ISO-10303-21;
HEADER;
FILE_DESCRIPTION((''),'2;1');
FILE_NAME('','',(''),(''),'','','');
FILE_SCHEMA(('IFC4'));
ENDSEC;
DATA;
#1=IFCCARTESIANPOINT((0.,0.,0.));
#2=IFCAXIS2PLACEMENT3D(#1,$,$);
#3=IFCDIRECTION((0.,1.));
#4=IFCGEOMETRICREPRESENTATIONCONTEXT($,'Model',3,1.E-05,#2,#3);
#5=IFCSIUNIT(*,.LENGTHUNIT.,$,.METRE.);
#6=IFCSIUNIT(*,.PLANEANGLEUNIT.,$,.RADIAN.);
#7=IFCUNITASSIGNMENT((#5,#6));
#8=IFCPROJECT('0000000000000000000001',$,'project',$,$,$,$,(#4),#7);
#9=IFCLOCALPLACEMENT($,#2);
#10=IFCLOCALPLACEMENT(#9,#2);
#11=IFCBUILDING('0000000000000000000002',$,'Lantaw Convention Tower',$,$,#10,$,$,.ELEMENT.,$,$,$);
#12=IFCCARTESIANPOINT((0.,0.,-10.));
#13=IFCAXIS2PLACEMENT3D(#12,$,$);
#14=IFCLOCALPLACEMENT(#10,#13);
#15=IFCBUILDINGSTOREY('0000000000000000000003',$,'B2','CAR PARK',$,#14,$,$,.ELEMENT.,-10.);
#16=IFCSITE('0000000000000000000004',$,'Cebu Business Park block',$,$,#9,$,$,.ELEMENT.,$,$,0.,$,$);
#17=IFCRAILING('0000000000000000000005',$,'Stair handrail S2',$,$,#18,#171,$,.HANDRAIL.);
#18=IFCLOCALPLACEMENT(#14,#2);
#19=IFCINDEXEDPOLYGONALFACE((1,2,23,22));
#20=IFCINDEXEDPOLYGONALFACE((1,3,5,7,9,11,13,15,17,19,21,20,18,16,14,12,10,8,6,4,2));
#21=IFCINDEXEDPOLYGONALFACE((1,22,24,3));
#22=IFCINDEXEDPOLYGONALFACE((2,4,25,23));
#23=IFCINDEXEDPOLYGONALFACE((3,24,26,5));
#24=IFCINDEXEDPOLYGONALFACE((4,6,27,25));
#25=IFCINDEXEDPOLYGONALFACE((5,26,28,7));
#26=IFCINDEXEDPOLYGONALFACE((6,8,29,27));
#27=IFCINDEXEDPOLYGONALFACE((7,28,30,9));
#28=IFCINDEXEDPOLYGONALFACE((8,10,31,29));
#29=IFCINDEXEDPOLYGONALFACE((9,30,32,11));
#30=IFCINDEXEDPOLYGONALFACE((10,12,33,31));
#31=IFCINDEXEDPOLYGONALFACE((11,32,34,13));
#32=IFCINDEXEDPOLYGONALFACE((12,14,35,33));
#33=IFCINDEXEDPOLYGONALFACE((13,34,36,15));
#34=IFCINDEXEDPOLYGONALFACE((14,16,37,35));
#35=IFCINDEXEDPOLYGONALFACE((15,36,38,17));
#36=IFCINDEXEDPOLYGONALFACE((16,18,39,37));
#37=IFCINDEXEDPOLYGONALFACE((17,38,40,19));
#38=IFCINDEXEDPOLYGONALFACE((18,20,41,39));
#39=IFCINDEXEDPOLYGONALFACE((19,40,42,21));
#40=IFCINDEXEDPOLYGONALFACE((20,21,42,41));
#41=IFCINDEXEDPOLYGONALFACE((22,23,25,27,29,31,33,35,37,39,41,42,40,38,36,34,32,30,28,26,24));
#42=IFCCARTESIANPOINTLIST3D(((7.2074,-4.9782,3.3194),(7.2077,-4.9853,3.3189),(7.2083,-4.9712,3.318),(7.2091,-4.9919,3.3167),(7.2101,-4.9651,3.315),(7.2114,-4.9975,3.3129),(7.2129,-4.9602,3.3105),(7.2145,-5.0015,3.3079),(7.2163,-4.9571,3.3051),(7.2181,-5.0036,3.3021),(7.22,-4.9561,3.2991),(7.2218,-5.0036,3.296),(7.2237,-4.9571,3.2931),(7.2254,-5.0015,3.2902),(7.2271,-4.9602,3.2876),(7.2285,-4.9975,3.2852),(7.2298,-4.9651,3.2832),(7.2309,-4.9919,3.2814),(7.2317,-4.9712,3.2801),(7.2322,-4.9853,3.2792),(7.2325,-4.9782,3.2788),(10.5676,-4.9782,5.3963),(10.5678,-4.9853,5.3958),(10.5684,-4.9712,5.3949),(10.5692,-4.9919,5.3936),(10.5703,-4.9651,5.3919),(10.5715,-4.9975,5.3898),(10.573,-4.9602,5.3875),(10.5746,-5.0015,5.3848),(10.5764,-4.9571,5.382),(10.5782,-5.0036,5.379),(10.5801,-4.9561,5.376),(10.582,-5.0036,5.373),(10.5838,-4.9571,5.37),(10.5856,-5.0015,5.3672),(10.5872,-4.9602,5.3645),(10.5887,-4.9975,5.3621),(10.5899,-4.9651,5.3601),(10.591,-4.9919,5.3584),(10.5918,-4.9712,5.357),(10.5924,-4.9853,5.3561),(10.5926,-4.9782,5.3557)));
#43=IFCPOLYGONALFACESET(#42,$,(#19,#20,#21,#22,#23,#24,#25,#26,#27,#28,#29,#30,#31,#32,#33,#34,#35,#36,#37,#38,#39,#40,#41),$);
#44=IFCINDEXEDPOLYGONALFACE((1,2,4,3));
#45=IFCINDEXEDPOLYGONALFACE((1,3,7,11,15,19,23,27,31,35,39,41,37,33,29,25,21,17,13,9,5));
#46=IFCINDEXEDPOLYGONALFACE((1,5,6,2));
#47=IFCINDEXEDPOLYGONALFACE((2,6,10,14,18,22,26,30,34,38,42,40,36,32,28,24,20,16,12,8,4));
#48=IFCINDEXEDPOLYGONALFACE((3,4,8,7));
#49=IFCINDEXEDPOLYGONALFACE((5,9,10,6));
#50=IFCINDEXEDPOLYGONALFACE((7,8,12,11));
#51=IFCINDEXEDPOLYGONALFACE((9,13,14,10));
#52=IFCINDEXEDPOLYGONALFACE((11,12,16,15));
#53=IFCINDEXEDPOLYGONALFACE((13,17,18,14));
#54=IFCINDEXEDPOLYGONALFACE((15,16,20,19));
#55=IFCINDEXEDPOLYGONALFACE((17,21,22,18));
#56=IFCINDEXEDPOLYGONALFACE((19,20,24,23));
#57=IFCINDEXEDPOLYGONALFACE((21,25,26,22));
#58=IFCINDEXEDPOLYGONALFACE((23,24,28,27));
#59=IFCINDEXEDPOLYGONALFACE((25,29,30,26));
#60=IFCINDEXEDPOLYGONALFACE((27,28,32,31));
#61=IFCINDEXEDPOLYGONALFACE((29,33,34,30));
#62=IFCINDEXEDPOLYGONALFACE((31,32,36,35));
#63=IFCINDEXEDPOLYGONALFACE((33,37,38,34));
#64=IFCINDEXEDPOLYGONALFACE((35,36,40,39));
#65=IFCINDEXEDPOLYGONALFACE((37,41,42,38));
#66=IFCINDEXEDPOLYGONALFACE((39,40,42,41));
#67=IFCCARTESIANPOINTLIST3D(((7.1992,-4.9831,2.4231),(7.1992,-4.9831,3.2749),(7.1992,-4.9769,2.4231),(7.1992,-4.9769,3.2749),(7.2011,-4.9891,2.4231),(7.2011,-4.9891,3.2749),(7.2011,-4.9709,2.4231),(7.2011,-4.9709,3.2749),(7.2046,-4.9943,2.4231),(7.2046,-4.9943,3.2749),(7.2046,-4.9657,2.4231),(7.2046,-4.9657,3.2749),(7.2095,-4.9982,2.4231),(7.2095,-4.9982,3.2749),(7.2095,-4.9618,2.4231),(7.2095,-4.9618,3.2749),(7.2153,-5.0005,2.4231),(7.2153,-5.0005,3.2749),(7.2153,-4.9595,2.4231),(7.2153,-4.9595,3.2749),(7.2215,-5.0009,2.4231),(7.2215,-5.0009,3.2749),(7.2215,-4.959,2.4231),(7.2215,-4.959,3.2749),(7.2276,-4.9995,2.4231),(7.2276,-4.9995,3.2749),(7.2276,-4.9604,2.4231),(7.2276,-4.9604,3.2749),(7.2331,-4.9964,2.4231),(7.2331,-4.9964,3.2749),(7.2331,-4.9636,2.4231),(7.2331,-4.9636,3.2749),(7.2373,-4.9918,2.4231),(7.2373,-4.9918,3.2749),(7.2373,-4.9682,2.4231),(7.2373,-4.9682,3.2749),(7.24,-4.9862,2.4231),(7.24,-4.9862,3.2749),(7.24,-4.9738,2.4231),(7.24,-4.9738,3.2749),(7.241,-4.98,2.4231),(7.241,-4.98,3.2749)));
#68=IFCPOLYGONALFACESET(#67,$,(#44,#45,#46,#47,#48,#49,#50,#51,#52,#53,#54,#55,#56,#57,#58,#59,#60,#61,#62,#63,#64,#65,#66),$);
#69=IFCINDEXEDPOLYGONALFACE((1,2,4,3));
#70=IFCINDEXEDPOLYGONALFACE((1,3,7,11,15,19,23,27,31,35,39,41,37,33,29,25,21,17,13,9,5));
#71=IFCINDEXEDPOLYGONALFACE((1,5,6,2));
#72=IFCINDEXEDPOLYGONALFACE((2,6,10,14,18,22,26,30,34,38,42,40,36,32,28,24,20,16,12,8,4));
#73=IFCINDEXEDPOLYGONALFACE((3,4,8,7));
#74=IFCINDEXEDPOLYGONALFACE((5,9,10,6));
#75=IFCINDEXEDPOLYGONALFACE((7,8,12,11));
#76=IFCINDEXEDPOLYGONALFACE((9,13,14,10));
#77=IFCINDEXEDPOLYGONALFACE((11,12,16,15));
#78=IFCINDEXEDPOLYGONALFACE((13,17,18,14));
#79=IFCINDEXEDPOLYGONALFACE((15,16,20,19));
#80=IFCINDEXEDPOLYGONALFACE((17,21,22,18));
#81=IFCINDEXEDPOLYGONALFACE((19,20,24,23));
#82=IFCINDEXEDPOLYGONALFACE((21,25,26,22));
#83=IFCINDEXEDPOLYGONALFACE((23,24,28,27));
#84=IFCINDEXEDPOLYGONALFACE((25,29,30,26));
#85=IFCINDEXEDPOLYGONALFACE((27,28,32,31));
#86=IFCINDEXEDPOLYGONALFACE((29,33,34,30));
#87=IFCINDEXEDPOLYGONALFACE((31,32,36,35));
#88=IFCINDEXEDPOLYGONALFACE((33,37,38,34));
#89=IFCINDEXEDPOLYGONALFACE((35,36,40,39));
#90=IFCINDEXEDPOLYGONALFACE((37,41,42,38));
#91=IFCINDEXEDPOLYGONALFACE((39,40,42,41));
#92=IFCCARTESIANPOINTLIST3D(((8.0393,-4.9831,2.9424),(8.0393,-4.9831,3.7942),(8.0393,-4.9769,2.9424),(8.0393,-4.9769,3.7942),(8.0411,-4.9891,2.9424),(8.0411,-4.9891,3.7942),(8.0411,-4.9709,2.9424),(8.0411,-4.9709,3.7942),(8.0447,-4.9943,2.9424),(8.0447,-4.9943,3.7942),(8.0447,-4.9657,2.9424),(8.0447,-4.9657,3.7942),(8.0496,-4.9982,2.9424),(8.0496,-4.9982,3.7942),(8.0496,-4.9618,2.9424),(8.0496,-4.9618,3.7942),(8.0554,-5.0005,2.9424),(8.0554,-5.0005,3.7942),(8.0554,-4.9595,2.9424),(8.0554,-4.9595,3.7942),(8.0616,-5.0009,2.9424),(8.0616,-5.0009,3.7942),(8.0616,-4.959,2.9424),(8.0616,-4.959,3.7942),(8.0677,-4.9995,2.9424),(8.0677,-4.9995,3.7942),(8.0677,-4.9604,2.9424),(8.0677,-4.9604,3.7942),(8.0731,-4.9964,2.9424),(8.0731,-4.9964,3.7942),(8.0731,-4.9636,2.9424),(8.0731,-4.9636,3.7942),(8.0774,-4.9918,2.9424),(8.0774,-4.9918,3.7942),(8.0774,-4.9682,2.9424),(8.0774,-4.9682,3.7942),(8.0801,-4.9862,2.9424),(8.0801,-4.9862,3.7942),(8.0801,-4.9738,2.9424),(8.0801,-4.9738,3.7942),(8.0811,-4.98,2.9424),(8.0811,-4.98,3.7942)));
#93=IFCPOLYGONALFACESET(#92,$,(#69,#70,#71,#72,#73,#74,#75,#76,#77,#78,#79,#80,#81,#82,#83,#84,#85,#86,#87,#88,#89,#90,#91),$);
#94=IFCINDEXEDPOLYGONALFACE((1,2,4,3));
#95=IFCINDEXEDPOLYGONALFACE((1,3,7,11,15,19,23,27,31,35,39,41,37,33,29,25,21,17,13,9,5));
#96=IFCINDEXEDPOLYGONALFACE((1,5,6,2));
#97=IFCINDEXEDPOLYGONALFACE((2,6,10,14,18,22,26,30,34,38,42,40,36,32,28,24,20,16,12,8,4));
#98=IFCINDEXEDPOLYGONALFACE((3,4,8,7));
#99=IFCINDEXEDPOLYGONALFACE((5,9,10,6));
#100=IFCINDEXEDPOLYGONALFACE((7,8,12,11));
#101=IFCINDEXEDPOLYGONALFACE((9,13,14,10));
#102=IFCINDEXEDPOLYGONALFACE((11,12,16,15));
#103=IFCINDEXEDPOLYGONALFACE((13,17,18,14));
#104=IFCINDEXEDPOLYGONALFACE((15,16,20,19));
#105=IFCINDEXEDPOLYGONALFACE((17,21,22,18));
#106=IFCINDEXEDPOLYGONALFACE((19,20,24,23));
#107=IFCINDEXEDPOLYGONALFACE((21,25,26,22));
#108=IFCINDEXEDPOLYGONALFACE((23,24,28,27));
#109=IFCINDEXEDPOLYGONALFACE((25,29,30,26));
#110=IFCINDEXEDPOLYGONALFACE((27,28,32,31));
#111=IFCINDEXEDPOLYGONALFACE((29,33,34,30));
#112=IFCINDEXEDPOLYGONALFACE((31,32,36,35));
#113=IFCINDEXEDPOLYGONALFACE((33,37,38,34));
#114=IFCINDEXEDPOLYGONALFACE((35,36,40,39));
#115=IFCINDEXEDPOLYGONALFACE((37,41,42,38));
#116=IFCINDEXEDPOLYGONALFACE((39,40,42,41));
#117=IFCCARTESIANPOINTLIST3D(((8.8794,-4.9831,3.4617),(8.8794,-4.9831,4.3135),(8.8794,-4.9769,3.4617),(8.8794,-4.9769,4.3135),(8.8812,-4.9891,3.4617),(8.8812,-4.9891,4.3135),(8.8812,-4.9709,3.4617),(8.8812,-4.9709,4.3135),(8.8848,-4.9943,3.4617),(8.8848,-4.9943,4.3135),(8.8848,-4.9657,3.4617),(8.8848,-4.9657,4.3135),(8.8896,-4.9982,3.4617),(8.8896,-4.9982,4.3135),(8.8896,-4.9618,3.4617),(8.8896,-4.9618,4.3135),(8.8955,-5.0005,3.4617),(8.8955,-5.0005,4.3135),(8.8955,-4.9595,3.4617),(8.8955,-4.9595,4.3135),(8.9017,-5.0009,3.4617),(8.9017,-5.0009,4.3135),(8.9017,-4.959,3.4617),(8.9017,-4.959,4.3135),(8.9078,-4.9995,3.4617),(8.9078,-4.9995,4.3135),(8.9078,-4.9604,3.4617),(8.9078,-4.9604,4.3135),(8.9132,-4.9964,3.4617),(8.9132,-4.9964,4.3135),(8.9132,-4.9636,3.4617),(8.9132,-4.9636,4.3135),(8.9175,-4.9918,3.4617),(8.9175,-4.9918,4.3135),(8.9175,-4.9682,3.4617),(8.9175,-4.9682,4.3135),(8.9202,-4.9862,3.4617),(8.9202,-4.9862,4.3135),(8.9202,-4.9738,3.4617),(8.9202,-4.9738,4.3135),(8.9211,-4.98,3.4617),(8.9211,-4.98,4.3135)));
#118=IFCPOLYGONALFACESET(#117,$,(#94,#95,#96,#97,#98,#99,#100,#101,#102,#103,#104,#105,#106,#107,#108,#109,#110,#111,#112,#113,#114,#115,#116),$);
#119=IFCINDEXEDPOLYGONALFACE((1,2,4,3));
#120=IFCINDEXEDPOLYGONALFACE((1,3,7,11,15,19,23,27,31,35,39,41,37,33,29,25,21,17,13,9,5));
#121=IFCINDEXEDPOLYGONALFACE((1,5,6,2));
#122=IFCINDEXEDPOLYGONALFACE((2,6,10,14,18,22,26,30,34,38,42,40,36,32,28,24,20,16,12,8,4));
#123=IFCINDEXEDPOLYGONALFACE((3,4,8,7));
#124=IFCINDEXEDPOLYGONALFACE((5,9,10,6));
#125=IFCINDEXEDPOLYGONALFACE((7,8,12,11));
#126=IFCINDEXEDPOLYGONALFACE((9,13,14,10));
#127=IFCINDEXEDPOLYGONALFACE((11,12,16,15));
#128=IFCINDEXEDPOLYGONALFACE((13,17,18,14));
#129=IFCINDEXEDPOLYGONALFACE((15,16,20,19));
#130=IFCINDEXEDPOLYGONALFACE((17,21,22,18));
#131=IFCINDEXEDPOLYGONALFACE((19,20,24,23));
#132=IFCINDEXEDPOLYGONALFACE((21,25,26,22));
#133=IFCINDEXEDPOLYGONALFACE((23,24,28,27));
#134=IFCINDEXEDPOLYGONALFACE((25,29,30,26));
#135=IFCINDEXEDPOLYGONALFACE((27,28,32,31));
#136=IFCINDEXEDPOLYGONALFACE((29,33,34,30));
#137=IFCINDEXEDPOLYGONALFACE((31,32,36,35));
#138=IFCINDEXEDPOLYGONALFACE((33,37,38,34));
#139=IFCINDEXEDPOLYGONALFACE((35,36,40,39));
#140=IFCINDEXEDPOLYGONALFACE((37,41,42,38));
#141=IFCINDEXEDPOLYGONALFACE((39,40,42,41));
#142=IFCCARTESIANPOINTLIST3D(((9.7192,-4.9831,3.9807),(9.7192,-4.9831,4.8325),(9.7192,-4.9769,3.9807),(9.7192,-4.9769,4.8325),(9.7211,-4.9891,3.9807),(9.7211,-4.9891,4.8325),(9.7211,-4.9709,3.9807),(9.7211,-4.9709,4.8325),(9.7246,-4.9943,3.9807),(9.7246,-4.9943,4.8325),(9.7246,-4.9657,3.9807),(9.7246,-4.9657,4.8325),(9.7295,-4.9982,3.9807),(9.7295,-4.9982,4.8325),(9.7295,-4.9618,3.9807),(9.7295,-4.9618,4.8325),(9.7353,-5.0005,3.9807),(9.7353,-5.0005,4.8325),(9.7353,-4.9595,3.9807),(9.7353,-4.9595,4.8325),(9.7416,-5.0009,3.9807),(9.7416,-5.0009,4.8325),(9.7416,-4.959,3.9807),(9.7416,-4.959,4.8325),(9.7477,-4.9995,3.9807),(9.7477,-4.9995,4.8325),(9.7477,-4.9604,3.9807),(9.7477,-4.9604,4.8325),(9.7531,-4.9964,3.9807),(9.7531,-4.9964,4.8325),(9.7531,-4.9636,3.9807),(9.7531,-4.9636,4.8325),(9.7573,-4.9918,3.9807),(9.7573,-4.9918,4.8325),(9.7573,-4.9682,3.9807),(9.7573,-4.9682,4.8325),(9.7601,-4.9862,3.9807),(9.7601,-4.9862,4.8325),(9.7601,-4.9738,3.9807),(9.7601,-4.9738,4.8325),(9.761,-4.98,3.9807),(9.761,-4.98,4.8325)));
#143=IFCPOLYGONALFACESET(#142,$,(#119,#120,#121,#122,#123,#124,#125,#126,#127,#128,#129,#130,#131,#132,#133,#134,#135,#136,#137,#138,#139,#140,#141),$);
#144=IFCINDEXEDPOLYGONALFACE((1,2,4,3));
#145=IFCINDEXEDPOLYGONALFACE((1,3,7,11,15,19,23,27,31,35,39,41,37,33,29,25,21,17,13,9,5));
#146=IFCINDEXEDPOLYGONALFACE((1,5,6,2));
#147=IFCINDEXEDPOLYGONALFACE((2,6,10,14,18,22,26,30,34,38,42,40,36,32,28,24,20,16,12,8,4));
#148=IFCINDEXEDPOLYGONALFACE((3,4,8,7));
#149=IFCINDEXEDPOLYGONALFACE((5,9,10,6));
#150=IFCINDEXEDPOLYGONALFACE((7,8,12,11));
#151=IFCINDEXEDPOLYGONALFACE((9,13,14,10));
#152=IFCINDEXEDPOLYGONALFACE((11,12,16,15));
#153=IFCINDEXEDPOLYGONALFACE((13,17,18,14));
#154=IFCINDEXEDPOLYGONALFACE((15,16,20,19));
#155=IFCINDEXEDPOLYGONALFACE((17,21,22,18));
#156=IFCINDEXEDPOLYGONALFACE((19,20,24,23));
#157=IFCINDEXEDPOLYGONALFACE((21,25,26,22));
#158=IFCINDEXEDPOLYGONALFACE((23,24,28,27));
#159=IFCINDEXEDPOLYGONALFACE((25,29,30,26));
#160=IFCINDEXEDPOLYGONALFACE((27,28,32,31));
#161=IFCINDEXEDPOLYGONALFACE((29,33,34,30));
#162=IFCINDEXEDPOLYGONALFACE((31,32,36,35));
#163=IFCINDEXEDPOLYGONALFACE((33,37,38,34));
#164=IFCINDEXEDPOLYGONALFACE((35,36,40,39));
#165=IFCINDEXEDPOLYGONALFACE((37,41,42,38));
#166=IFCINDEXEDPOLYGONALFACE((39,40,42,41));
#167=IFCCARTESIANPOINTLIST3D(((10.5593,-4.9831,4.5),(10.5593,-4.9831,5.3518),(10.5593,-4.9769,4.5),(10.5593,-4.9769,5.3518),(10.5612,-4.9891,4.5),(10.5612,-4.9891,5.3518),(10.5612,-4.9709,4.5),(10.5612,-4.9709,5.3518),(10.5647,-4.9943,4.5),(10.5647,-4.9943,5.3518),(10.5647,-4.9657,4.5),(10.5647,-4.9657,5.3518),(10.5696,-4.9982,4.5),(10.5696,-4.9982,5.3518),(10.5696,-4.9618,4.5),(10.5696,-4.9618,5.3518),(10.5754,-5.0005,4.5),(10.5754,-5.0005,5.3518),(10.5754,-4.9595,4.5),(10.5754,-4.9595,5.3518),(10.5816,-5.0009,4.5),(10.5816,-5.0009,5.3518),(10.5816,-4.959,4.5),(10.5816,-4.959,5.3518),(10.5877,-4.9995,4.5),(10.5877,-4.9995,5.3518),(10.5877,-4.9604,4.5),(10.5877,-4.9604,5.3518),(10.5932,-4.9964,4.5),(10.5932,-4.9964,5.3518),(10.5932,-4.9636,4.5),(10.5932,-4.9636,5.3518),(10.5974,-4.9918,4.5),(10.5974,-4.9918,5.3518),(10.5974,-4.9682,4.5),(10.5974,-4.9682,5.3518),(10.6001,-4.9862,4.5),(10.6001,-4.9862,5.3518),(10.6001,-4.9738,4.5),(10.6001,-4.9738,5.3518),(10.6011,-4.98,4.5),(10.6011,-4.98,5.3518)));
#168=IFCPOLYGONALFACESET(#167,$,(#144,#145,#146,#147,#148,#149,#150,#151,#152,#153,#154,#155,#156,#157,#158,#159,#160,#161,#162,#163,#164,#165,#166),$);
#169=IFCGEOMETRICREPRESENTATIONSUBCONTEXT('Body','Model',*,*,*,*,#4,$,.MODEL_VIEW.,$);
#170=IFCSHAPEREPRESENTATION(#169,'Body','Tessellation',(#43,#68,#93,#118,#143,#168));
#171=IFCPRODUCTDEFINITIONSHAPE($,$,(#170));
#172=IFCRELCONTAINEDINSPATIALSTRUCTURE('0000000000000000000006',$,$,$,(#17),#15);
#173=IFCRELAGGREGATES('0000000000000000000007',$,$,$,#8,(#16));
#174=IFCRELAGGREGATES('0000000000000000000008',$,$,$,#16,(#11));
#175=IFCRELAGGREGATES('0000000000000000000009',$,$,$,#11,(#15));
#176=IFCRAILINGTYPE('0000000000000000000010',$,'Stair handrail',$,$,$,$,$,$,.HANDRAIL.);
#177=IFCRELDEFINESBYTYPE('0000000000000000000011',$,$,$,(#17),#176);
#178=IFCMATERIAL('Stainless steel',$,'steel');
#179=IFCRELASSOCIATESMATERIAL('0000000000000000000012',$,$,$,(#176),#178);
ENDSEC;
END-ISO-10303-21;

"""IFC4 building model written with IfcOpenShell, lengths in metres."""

from ifc_helpers import new_model, si_unit, direction, frame, origin, origin_2d, place, context, subcontext, project, spatial, circle, extrude, material, type_object, element, save


model = new_model("IFC4")

# Units and contexts
model_context = context("Model", 3, precision=1e-05, world=origin(), true_north=direction((0.0, 1.0)))
body_context = subcontext(model_context, "Body", "Model", "MODEL_VIEW")
ifc_project = project(units=[si_unit("LENGTHUNIT", "METRE"), si_unit("PLANEANGLEUNIT", "RADIAN")], contexts=[model_context])

# Site, building, storey
site_placement = place(None, origin())
site = spatial("IfcSite", under=ifc_project, at=site_placement, Name="Cebu Business Park block", CompositionType="ELEMENT", RefElevation=0.0)
building_placement = place(site_placement, origin())
building = spatial("IfcBuilding", under=site, at=building_placement, Name="Lantaw Convention Tower", CompositionType="ELEMENT")
storey_placement = place(building_placement, frame((0.0, 0.0, -10.0)))
storey = spatial("IfcBuildingStorey", under=building, at=storey_placement, Name="B2", Description="CAR PARK", CompositionType="ELEMENT", Elevation=-10.0)

# Railing
ifc_material_1 = material(Name="Stainless steel", Category="steel")
railing_type = type_object("IfcRailingType", Name="Stair handrail", PredefinedType="HANDRAIL", material=ifc_material_1)
railing_1_placement = place(storey_placement, frame((7.22, -4.98, 2.4231)))
element("IfcRailing", 1, at=railing_1_placement, inside=storey, type_object=railing_type, Name="Stair handrail S2", PredefinedType="HANDRAIL", context=body_context, shape_type="SweptSolid", body=[
    extrude(circle(Radius=0.0239, at=origin_2d()), frame((0.0, 0.0, 0.876), z_axis=(0.850623, 0.0, 0.525776), x_axis=(0.0, 1.0, 0.0)), (0.0, 0.0, 1.0), 3.9502),
    extrude(circle(Radius=0.021, at=origin_2d()), origin(), (0.0, 0.0, 1.0), 0.8518),
    extrude(circle(Radius=0.021, at=origin_2d()), frame((0.8401, 0.0, 0.5193)), (0.0, 0.0, 1.0), 0.8518),
    extrude(circle(Radius=0.021, at=origin_2d()), frame((1.6802, 0.0, 1.0386)), (0.0, 0.0, 1.0), 0.8518),
    extrude(circle(Radius=0.021, at=origin_2d()), frame((2.52, 0.0, 1.5576)), (0.0, 0.0, 1.0), 0.8518),
    extrude(circle(Radius=0.021, at=origin_2d()), frame((3.3601, 0.0, 2.0769)), (0.0, 0.0, 1.0), 0.8518),
])

save(model, "model.ifc")
